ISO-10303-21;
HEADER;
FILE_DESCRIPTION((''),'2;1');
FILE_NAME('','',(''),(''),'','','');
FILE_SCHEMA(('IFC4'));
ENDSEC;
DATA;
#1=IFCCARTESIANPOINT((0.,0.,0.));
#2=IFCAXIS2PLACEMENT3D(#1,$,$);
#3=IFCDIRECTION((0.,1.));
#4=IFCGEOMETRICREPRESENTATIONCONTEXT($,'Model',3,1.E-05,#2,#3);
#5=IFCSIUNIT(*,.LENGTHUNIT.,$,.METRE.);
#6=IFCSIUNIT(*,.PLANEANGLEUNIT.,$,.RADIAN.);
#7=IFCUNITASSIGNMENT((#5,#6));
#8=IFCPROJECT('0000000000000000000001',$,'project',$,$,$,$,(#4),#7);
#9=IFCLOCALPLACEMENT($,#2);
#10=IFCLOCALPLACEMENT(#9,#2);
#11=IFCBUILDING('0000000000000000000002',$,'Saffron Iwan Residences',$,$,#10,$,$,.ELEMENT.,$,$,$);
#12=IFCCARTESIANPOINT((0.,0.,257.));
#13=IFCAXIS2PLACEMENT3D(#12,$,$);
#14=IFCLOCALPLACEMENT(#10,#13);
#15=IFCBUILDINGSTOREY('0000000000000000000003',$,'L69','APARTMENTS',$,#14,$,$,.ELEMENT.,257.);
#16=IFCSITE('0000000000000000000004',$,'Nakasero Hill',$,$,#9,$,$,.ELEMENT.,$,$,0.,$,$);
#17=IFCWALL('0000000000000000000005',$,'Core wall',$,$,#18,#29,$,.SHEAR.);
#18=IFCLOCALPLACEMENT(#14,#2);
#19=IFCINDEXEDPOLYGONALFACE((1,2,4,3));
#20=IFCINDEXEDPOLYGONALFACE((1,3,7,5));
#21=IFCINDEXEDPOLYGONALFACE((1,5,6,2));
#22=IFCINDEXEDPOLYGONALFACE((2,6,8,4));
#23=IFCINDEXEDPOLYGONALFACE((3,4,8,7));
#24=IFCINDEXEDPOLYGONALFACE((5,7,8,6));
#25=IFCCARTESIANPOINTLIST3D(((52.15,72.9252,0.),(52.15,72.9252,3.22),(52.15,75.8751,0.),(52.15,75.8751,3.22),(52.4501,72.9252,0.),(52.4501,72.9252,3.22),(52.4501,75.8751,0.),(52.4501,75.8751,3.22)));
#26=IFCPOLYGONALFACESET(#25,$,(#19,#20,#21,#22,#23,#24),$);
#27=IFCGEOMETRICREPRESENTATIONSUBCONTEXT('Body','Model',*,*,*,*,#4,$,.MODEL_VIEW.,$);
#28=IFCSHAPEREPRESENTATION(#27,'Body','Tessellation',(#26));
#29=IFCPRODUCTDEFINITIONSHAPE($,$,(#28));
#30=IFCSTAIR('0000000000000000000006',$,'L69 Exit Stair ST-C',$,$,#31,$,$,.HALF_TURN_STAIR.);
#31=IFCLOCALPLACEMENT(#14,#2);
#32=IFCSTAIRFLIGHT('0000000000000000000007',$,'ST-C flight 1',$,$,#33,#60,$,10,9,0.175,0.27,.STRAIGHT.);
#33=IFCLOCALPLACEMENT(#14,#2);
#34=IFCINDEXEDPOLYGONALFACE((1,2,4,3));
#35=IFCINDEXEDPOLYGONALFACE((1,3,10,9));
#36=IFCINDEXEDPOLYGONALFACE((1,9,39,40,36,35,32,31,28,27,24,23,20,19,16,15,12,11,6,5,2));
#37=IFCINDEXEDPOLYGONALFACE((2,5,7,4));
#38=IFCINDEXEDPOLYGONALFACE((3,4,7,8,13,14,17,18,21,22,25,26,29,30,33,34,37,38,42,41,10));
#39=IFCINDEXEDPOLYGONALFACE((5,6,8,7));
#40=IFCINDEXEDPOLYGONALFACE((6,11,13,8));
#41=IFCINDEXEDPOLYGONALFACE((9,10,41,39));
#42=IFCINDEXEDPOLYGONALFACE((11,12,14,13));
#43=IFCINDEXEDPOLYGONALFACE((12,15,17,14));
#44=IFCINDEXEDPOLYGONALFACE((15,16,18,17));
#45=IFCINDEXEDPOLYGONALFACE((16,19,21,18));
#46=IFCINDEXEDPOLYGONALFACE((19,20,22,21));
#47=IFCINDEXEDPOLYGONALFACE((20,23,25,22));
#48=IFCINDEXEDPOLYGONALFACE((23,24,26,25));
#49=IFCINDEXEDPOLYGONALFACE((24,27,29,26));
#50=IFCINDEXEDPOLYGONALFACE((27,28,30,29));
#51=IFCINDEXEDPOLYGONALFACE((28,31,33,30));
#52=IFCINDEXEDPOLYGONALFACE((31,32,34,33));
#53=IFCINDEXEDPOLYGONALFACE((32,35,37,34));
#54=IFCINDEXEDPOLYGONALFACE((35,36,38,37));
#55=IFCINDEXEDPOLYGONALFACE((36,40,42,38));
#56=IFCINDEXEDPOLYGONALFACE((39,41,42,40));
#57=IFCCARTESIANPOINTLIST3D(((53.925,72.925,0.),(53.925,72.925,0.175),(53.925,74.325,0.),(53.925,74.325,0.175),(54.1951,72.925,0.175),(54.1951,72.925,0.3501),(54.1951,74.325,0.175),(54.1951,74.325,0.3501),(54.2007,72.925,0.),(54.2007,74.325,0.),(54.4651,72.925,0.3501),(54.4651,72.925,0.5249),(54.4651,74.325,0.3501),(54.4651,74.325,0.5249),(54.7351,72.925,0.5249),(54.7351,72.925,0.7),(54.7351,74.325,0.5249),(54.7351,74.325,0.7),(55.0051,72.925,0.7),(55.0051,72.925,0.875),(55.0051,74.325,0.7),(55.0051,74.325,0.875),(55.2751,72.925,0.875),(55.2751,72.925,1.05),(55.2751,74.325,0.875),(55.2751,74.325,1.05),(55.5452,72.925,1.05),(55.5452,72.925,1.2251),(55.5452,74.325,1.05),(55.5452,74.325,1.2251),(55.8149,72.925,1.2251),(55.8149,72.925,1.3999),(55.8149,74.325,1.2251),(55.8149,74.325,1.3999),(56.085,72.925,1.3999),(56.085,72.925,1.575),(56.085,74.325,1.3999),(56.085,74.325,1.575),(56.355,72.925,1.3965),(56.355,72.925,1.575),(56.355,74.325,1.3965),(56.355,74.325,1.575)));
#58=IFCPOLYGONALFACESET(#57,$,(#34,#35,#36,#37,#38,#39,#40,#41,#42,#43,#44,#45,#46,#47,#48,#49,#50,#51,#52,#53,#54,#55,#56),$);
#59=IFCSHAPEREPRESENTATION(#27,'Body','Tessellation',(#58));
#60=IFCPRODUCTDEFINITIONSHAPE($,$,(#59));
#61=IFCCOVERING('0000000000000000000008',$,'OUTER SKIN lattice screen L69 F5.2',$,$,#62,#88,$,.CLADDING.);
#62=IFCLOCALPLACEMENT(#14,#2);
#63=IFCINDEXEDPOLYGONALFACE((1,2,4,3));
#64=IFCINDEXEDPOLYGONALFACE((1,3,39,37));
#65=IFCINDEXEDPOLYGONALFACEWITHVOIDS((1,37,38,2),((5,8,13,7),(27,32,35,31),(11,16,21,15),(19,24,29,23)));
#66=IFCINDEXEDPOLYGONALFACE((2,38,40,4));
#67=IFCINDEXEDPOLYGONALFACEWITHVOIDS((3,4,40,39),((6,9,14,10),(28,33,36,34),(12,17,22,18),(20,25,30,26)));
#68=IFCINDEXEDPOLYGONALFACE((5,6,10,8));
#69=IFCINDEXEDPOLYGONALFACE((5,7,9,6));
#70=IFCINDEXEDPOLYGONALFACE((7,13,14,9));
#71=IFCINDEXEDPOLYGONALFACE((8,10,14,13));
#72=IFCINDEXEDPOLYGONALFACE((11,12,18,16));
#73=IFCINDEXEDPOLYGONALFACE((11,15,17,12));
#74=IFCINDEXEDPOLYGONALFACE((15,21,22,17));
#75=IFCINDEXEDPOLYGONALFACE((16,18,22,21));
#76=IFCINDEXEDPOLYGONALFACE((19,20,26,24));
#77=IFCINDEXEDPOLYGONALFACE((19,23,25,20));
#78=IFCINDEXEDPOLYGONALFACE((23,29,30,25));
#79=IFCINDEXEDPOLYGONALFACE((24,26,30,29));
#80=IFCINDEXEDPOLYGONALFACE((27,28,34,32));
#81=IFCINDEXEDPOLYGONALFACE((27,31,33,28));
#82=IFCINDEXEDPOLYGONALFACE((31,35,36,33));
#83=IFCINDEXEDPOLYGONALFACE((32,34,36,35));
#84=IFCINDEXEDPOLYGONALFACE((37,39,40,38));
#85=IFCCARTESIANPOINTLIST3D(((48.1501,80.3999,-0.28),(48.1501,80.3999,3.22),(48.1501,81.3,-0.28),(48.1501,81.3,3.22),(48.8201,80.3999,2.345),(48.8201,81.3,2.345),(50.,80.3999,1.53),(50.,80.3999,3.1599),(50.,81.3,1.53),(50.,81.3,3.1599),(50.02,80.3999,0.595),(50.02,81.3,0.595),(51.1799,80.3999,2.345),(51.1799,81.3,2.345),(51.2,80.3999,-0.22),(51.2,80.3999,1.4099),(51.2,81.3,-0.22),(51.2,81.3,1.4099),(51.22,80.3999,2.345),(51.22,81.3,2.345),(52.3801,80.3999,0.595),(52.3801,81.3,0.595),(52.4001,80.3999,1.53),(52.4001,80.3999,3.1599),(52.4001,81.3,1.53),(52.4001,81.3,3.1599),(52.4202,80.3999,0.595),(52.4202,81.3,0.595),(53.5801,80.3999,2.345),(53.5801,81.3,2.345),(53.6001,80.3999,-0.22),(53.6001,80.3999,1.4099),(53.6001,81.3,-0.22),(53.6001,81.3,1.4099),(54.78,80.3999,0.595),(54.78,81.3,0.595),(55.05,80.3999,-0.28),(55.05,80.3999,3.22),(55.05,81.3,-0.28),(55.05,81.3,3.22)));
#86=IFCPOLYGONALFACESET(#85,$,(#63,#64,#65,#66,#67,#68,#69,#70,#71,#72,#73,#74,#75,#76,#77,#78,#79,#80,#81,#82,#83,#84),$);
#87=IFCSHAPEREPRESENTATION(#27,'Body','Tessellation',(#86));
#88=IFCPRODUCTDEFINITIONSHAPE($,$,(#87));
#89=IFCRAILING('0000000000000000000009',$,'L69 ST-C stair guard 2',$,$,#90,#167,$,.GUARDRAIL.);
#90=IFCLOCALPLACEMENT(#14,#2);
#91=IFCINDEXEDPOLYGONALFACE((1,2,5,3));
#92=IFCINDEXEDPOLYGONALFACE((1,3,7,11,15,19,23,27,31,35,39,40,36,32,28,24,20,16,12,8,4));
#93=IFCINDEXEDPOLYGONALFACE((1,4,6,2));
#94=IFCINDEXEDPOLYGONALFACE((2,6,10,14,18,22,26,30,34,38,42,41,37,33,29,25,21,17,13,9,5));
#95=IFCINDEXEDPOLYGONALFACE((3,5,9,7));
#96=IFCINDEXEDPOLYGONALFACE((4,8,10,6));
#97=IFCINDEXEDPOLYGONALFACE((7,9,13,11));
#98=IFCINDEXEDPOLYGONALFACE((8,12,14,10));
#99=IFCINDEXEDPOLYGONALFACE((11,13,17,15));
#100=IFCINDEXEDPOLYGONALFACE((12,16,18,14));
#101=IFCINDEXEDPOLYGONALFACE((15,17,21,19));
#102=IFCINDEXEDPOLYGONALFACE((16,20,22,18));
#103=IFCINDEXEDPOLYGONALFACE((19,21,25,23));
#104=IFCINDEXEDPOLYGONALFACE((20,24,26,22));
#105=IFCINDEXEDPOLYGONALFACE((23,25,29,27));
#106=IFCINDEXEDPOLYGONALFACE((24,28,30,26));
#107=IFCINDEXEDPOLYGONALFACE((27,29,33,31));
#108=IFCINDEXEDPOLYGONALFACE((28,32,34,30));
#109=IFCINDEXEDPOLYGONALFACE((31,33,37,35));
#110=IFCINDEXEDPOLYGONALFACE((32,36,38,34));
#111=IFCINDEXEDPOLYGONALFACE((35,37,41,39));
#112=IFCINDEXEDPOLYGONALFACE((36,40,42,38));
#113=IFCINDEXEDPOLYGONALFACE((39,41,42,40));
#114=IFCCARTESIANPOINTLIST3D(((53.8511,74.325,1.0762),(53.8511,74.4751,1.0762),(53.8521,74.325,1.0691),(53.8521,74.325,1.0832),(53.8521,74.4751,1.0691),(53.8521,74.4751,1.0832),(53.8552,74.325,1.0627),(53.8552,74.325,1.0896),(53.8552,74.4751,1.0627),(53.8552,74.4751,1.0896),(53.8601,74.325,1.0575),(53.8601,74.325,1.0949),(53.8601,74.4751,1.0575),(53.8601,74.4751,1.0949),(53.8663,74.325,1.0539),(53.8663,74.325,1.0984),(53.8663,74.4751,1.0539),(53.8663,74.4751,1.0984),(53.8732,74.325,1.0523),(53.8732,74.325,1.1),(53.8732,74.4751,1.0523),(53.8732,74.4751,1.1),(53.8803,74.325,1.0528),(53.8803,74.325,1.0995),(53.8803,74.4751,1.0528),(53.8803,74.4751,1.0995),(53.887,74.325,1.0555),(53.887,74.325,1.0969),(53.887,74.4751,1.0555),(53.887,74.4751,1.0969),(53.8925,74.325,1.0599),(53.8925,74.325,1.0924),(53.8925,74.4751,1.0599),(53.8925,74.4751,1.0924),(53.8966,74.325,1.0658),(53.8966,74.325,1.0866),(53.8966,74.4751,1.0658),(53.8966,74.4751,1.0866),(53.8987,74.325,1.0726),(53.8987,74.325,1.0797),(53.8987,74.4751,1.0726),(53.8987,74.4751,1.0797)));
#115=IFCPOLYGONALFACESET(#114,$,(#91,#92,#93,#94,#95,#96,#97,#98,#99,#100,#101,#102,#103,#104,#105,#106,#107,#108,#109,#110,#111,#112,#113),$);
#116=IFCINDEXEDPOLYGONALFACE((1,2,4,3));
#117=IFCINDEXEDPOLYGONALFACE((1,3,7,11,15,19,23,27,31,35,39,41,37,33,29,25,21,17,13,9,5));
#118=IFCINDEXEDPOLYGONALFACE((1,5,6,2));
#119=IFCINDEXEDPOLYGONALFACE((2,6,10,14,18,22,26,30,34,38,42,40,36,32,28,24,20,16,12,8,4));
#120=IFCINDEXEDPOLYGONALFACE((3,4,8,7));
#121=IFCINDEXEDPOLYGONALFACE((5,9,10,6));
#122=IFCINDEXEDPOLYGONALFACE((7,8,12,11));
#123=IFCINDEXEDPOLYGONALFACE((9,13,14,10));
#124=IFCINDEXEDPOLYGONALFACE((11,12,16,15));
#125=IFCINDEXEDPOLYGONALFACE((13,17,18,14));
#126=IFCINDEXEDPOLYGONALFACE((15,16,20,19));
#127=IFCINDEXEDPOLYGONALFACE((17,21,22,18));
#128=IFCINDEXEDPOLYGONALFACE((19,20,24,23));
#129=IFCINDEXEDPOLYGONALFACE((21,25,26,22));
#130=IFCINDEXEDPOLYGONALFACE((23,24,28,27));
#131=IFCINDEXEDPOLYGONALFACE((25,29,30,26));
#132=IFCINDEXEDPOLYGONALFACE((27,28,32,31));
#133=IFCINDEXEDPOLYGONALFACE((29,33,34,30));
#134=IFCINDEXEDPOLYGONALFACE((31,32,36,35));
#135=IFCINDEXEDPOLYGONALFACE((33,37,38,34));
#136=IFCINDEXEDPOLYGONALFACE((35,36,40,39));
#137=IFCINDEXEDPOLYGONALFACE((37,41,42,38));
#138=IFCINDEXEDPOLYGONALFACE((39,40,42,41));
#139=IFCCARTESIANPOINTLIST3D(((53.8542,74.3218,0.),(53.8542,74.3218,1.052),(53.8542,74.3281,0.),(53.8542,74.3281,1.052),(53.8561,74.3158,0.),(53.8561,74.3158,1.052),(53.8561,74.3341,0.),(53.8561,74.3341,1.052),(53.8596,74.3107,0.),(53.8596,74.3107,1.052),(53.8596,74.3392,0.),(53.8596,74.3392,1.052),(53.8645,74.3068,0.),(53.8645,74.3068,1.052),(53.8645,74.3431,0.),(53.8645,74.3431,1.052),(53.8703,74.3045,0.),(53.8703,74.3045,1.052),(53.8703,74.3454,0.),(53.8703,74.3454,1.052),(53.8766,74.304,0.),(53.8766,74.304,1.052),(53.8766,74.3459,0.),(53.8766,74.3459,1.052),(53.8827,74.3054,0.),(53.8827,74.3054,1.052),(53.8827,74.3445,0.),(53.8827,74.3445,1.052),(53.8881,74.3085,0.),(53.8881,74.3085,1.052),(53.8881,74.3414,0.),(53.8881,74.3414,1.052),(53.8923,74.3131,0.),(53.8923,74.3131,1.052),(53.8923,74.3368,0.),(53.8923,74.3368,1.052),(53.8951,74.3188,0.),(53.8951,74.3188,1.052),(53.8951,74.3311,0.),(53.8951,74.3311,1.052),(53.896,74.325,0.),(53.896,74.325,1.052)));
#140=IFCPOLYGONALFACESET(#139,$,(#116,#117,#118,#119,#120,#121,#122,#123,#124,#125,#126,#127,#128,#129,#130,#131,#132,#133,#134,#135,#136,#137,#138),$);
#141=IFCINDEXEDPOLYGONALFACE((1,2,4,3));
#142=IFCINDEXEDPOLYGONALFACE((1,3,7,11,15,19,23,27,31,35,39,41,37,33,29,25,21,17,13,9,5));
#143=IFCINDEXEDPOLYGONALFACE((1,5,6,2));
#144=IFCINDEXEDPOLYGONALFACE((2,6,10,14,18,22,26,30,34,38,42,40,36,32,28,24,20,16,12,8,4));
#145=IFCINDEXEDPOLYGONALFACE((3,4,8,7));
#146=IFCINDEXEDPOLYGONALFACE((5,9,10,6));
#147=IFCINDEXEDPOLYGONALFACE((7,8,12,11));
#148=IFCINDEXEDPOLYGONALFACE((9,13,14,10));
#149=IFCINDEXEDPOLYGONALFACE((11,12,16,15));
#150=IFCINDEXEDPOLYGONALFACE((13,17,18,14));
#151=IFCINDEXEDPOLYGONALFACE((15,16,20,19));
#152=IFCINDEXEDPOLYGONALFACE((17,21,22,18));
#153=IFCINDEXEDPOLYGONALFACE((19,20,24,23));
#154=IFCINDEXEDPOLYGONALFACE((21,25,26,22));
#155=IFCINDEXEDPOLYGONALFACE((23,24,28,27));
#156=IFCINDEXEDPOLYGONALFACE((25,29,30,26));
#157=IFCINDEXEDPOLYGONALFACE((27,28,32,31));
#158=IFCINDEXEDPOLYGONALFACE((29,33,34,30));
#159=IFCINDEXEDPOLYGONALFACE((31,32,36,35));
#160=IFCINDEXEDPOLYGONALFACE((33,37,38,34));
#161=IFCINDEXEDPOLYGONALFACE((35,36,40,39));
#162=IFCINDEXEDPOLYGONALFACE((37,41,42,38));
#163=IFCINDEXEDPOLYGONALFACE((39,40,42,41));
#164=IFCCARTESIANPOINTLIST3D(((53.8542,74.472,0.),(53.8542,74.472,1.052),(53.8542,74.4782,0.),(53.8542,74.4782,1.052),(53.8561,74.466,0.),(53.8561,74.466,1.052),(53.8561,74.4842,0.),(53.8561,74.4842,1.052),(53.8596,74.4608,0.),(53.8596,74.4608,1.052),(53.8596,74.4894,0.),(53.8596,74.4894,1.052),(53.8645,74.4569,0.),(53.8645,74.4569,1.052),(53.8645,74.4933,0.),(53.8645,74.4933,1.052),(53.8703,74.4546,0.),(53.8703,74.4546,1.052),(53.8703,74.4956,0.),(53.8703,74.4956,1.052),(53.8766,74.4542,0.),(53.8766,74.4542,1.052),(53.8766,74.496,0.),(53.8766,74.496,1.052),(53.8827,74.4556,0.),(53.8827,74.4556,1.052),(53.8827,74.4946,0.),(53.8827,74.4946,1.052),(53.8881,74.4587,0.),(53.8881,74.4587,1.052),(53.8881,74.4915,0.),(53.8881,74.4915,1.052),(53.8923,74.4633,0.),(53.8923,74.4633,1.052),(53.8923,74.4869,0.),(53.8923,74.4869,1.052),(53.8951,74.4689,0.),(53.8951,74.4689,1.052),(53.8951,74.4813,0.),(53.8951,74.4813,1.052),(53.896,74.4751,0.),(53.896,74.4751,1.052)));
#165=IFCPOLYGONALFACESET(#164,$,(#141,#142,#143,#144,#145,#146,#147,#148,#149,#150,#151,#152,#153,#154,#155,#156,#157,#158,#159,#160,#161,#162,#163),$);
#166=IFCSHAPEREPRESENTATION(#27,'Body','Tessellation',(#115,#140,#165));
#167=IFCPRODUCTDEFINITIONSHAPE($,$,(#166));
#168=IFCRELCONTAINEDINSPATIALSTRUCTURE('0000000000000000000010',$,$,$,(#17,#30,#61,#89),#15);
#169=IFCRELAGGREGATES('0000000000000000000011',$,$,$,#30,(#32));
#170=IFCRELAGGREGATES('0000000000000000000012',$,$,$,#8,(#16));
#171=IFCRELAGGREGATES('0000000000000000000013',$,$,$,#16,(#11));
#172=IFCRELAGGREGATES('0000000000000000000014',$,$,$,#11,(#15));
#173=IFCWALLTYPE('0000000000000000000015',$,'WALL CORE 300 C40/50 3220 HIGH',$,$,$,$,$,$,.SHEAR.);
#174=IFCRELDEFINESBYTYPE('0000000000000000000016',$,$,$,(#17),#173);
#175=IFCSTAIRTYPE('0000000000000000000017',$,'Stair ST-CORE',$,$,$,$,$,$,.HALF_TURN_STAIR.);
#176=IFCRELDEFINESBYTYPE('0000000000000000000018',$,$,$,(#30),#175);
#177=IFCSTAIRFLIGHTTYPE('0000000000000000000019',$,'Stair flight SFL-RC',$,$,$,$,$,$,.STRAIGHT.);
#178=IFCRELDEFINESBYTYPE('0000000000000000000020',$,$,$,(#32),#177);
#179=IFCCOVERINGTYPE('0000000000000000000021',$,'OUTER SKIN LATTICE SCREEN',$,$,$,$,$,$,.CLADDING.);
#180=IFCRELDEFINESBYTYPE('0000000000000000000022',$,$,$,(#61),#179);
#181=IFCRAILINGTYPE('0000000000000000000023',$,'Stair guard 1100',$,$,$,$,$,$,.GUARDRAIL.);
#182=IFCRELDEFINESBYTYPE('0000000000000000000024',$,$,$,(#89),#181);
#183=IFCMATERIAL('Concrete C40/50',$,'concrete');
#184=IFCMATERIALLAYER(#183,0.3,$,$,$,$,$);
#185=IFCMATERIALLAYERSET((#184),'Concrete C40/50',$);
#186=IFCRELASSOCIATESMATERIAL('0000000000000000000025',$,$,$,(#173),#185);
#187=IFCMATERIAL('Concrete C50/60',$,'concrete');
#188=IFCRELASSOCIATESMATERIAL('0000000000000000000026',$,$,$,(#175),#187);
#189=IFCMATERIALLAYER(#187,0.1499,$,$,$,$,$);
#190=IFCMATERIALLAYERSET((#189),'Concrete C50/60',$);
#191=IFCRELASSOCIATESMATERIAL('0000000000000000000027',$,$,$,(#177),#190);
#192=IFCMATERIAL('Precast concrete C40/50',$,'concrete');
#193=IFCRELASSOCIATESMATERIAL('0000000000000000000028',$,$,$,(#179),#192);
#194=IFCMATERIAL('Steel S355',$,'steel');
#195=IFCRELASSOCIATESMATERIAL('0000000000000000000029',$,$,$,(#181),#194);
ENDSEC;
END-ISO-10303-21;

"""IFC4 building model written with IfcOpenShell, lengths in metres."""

from ifc_helpers import new_model, si_unit, direction, frame, frame_2d, origin, origin_2d, place, context, subcontext, project, spatial, polyline, rectangle, circle, outline, extrude, material, layer, layer_set, type_object, element, aggregate, save


model = new_model("IFC4")

# Units and contexts
model_context = context("Model", 3, precision=1e-05, world=origin(), true_north=direction((0.0, 1.0)))
body_context = subcontext(model_context, "Body", "Model", "MODEL_VIEW")
ifc_project = project(units=[si_unit("LENGTHUNIT", "METRE"), si_unit("PLANEANGLEUNIT", "RADIAN")], contexts=[model_context])

# Site, building, storey
site_placement = place(None, origin())
site = spatial("IfcSite", under=ifc_project, at=site_placement, Name="Nakasero Hill", CompositionType="ELEMENT", RefElevation=0.0)
building_placement = place(site_placement, origin())
building = spatial("IfcBuilding", under=site, at=building_placement, Name="Saffron Iwan Residences", CompositionType="ELEMENT")
storey_placement = place(building_placement, frame((0.0, 0.0, 257.0)))
storey = spatial("IfcBuildingStorey", under=building, at=storey_placement, Name="L69", Description="APARTMENTS", CompositionType="ELEMENT", Elevation=257.0)

# Shared definitions
ifc_material_1 = material(Name="Concrete C40/50", Category="concrete")

# Wall
ifc_layer_1 = layer(ifc_material_1, 0.3)
ifc_layer_set_1 = layer_set([ifc_layer_1], Name="Concrete C40/50")
wall_type_1 = type_object("IfcWallType", Name="WALL CORE 300 C40/50 3220 HIGH", PredefinedType="SHEAR", material=ifc_layer_set_1)
for number, where, z_axis, x_axis, name in (
    (1, (52.3, 72.925, 0.0), (0.0, 0.0, 1.0), (0.0, 1.0, 0.0), "Core wall"),
):
    element("IfcWall", number, at=place(storey_placement, frame(where, z_axis=z_axis, x_axis=x_axis)), inside=storey, type_object=wall_type_1, Name=name, PredefinedType="SHEAR", context=body_context, shape_type="SweptSolid", body=[
        extrude(rectangle(XDim=2.95, YDim=0.3, at=frame_2d((1.4751, 0.0))), origin(), (0.0, 0.0, 1.0), 3.22),
    ])

# Stair, stair flight
ifc_material_2 = material(Name="Concrete C50/60", Category="concrete")
stair_type = type_object("IfcStairType", Name="Stair ST-CORE", PredefinedType="HALF_TURN_STAIR", material=ifc_material_2)
stair_placement = place(storey_placement, origin())
stair = element("IfcStair", 2, at=stair_placement, inside=storey, type_object=stair_type, Name="L69 Exit Stair ST-C", PredefinedType="HALF_TURN_STAIR")
ifc_layer_2 = layer(ifc_material_2, 0.1499)
ifc_layer_set_2 = layer_set([ifc_layer_2], Name="Concrete C50/60")
stair_flight_type = type_object("IfcStairFlightType", Name="Stair flight SFL-RC", PredefinedType="STRAIGHT", material=ifc_layer_set_2)
stair_flight_placement = place(storey_placement, frame((53.925, 73.625, 0.0), z_axis=(0.0, 0.0, 1.0), x_axis=(1.0, 0.0, 0.0)))
stair_flight = element("IfcStairFlight", 3, at=stair_flight_placement, type_object=stair_flight_type, Name="ST-C flight 1", NumberOfRisers=10, NumberOfTreads=9, PredefinedType="STRAIGHT", RiserHeight=0.175, TreadLength=0.27, context=body_context, shape_type="SweptSolid", body=[
    extrude(outline(polyline([(0.0, 0.0), (0.0, 0.175), (0.27, 0.175), (0.27, 0.3501), (0.54, 0.3501), (0.54, 0.5249), (0.8101, 0.5249), (0.8101, 0.7), (1.0801, 0.7), (1.0801, 0.875), (1.3501, 0.875), (1.3501, 1.05), (1.6201, 1.05), (1.6201, 1.2251), (1.8899, 1.2251), (1.8899, 1.3999), (2.1599, 1.3999), (2.1599, 1.575), (2.4299, 1.575), (2.4299, 1.75), (2.4299, 1.3965), (0.2756, 0.0), (0.0, 0.0)])), frame((0.0, 0.7, 0.0), z_axis=(0.0, -1.0, 0.0), x_axis=(1.0, 0.0, 0.0)), (0.0, 0.0, 1.0), 1.3999),
])
aggregate(stair, [stair_flight])

# Covering
ifc_material_3 = material(Name="Precast concrete C40/50", Category="concrete")
covering_type_1 = type_object("IfcCoveringType", Name="OUTER SKIN LATTICE SCREEN", PredefinedType="CLADDING", material=ifc_material_3)
covering_1_placement = place(storey_placement, frame((55.05, 80.3999, -0.28), z_axis=(0.0, 1.0, 0.0), x_axis=(-1.0, 0.0, 0.0)))
element("IfcCovering", 4, at=covering_1_placement, inside=storey, type_object=covering_type_1, Name="OUTER SKIN lattice screen L69 F5.2", PredefinedType="CLADDING", context=body_context, shape_type="SweptSolid", body=[
    extrude(outline(polyline([(0.0, 0.0), (6.8999, 0.0), (6.8999, 3.5), (0.0, 3.5), (0.0, 0.0)]), holes=[polyline([(0.27, 0.875), (1.45, 0.0601), (2.6299, 0.875), (1.45, 1.6899), (0.27, 0.875)]), polyline([(2.6699, 0.875), (3.8501, 0.0601), (5.03, 0.875), (3.8501, 1.6899), (2.6699, 0.875)]), polyline([(1.47, 2.625), (2.6499, 1.8101), (3.8301, 2.625), (2.6499, 3.4399), (1.47, 2.625)]), polyline([(3.8701, 2.625), (5.05, 1.8101), (6.23, 2.625), (5.05, 3.4399), (3.8701, 2.625)])]), origin(), (0.0, 0.0, 1.0), 0.9001),
])

# Railing
ifc_material_4 = material(Name="Steel S355", Category="steel")
railing_type_1 = type_object("IfcRailingType", Name="Stair guard 1100", PredefinedType="GUARDRAIL", material=ifc_material_4)
railing_1_placement = place(storey_placement, frame((53.875, 74.325, 0.0)))
element("IfcRailing", 5, at=railing_1_placement, inside=storey, type_object=railing_type_1, Name="L69 ST-C stair guard 2", PredefinedType="GUARDRAIL", context=body_context, shape_type="SweptSolid", body=[
    extrude(circle(Radius=0.0239, at=origin_2d()), frame((0.0, 0.0, 1.0762), z_axis=(0.0, 1.0, 0.0), x_axis=(-1.0, 0.0, 0.0)), (0.0, 0.0, 1.0), 0.1501),
    extrude(circle(Radius=0.021, at=origin_2d()), origin(), (0.0, 0.0, 1.0), 1.052),
    extrude(circle(Radius=0.021, at=origin_2d()), frame((0.0, 0.1501, 0.0)), (0.0, 0.0, 1.0), 1.052),
])

save(model, "model.ifc")
